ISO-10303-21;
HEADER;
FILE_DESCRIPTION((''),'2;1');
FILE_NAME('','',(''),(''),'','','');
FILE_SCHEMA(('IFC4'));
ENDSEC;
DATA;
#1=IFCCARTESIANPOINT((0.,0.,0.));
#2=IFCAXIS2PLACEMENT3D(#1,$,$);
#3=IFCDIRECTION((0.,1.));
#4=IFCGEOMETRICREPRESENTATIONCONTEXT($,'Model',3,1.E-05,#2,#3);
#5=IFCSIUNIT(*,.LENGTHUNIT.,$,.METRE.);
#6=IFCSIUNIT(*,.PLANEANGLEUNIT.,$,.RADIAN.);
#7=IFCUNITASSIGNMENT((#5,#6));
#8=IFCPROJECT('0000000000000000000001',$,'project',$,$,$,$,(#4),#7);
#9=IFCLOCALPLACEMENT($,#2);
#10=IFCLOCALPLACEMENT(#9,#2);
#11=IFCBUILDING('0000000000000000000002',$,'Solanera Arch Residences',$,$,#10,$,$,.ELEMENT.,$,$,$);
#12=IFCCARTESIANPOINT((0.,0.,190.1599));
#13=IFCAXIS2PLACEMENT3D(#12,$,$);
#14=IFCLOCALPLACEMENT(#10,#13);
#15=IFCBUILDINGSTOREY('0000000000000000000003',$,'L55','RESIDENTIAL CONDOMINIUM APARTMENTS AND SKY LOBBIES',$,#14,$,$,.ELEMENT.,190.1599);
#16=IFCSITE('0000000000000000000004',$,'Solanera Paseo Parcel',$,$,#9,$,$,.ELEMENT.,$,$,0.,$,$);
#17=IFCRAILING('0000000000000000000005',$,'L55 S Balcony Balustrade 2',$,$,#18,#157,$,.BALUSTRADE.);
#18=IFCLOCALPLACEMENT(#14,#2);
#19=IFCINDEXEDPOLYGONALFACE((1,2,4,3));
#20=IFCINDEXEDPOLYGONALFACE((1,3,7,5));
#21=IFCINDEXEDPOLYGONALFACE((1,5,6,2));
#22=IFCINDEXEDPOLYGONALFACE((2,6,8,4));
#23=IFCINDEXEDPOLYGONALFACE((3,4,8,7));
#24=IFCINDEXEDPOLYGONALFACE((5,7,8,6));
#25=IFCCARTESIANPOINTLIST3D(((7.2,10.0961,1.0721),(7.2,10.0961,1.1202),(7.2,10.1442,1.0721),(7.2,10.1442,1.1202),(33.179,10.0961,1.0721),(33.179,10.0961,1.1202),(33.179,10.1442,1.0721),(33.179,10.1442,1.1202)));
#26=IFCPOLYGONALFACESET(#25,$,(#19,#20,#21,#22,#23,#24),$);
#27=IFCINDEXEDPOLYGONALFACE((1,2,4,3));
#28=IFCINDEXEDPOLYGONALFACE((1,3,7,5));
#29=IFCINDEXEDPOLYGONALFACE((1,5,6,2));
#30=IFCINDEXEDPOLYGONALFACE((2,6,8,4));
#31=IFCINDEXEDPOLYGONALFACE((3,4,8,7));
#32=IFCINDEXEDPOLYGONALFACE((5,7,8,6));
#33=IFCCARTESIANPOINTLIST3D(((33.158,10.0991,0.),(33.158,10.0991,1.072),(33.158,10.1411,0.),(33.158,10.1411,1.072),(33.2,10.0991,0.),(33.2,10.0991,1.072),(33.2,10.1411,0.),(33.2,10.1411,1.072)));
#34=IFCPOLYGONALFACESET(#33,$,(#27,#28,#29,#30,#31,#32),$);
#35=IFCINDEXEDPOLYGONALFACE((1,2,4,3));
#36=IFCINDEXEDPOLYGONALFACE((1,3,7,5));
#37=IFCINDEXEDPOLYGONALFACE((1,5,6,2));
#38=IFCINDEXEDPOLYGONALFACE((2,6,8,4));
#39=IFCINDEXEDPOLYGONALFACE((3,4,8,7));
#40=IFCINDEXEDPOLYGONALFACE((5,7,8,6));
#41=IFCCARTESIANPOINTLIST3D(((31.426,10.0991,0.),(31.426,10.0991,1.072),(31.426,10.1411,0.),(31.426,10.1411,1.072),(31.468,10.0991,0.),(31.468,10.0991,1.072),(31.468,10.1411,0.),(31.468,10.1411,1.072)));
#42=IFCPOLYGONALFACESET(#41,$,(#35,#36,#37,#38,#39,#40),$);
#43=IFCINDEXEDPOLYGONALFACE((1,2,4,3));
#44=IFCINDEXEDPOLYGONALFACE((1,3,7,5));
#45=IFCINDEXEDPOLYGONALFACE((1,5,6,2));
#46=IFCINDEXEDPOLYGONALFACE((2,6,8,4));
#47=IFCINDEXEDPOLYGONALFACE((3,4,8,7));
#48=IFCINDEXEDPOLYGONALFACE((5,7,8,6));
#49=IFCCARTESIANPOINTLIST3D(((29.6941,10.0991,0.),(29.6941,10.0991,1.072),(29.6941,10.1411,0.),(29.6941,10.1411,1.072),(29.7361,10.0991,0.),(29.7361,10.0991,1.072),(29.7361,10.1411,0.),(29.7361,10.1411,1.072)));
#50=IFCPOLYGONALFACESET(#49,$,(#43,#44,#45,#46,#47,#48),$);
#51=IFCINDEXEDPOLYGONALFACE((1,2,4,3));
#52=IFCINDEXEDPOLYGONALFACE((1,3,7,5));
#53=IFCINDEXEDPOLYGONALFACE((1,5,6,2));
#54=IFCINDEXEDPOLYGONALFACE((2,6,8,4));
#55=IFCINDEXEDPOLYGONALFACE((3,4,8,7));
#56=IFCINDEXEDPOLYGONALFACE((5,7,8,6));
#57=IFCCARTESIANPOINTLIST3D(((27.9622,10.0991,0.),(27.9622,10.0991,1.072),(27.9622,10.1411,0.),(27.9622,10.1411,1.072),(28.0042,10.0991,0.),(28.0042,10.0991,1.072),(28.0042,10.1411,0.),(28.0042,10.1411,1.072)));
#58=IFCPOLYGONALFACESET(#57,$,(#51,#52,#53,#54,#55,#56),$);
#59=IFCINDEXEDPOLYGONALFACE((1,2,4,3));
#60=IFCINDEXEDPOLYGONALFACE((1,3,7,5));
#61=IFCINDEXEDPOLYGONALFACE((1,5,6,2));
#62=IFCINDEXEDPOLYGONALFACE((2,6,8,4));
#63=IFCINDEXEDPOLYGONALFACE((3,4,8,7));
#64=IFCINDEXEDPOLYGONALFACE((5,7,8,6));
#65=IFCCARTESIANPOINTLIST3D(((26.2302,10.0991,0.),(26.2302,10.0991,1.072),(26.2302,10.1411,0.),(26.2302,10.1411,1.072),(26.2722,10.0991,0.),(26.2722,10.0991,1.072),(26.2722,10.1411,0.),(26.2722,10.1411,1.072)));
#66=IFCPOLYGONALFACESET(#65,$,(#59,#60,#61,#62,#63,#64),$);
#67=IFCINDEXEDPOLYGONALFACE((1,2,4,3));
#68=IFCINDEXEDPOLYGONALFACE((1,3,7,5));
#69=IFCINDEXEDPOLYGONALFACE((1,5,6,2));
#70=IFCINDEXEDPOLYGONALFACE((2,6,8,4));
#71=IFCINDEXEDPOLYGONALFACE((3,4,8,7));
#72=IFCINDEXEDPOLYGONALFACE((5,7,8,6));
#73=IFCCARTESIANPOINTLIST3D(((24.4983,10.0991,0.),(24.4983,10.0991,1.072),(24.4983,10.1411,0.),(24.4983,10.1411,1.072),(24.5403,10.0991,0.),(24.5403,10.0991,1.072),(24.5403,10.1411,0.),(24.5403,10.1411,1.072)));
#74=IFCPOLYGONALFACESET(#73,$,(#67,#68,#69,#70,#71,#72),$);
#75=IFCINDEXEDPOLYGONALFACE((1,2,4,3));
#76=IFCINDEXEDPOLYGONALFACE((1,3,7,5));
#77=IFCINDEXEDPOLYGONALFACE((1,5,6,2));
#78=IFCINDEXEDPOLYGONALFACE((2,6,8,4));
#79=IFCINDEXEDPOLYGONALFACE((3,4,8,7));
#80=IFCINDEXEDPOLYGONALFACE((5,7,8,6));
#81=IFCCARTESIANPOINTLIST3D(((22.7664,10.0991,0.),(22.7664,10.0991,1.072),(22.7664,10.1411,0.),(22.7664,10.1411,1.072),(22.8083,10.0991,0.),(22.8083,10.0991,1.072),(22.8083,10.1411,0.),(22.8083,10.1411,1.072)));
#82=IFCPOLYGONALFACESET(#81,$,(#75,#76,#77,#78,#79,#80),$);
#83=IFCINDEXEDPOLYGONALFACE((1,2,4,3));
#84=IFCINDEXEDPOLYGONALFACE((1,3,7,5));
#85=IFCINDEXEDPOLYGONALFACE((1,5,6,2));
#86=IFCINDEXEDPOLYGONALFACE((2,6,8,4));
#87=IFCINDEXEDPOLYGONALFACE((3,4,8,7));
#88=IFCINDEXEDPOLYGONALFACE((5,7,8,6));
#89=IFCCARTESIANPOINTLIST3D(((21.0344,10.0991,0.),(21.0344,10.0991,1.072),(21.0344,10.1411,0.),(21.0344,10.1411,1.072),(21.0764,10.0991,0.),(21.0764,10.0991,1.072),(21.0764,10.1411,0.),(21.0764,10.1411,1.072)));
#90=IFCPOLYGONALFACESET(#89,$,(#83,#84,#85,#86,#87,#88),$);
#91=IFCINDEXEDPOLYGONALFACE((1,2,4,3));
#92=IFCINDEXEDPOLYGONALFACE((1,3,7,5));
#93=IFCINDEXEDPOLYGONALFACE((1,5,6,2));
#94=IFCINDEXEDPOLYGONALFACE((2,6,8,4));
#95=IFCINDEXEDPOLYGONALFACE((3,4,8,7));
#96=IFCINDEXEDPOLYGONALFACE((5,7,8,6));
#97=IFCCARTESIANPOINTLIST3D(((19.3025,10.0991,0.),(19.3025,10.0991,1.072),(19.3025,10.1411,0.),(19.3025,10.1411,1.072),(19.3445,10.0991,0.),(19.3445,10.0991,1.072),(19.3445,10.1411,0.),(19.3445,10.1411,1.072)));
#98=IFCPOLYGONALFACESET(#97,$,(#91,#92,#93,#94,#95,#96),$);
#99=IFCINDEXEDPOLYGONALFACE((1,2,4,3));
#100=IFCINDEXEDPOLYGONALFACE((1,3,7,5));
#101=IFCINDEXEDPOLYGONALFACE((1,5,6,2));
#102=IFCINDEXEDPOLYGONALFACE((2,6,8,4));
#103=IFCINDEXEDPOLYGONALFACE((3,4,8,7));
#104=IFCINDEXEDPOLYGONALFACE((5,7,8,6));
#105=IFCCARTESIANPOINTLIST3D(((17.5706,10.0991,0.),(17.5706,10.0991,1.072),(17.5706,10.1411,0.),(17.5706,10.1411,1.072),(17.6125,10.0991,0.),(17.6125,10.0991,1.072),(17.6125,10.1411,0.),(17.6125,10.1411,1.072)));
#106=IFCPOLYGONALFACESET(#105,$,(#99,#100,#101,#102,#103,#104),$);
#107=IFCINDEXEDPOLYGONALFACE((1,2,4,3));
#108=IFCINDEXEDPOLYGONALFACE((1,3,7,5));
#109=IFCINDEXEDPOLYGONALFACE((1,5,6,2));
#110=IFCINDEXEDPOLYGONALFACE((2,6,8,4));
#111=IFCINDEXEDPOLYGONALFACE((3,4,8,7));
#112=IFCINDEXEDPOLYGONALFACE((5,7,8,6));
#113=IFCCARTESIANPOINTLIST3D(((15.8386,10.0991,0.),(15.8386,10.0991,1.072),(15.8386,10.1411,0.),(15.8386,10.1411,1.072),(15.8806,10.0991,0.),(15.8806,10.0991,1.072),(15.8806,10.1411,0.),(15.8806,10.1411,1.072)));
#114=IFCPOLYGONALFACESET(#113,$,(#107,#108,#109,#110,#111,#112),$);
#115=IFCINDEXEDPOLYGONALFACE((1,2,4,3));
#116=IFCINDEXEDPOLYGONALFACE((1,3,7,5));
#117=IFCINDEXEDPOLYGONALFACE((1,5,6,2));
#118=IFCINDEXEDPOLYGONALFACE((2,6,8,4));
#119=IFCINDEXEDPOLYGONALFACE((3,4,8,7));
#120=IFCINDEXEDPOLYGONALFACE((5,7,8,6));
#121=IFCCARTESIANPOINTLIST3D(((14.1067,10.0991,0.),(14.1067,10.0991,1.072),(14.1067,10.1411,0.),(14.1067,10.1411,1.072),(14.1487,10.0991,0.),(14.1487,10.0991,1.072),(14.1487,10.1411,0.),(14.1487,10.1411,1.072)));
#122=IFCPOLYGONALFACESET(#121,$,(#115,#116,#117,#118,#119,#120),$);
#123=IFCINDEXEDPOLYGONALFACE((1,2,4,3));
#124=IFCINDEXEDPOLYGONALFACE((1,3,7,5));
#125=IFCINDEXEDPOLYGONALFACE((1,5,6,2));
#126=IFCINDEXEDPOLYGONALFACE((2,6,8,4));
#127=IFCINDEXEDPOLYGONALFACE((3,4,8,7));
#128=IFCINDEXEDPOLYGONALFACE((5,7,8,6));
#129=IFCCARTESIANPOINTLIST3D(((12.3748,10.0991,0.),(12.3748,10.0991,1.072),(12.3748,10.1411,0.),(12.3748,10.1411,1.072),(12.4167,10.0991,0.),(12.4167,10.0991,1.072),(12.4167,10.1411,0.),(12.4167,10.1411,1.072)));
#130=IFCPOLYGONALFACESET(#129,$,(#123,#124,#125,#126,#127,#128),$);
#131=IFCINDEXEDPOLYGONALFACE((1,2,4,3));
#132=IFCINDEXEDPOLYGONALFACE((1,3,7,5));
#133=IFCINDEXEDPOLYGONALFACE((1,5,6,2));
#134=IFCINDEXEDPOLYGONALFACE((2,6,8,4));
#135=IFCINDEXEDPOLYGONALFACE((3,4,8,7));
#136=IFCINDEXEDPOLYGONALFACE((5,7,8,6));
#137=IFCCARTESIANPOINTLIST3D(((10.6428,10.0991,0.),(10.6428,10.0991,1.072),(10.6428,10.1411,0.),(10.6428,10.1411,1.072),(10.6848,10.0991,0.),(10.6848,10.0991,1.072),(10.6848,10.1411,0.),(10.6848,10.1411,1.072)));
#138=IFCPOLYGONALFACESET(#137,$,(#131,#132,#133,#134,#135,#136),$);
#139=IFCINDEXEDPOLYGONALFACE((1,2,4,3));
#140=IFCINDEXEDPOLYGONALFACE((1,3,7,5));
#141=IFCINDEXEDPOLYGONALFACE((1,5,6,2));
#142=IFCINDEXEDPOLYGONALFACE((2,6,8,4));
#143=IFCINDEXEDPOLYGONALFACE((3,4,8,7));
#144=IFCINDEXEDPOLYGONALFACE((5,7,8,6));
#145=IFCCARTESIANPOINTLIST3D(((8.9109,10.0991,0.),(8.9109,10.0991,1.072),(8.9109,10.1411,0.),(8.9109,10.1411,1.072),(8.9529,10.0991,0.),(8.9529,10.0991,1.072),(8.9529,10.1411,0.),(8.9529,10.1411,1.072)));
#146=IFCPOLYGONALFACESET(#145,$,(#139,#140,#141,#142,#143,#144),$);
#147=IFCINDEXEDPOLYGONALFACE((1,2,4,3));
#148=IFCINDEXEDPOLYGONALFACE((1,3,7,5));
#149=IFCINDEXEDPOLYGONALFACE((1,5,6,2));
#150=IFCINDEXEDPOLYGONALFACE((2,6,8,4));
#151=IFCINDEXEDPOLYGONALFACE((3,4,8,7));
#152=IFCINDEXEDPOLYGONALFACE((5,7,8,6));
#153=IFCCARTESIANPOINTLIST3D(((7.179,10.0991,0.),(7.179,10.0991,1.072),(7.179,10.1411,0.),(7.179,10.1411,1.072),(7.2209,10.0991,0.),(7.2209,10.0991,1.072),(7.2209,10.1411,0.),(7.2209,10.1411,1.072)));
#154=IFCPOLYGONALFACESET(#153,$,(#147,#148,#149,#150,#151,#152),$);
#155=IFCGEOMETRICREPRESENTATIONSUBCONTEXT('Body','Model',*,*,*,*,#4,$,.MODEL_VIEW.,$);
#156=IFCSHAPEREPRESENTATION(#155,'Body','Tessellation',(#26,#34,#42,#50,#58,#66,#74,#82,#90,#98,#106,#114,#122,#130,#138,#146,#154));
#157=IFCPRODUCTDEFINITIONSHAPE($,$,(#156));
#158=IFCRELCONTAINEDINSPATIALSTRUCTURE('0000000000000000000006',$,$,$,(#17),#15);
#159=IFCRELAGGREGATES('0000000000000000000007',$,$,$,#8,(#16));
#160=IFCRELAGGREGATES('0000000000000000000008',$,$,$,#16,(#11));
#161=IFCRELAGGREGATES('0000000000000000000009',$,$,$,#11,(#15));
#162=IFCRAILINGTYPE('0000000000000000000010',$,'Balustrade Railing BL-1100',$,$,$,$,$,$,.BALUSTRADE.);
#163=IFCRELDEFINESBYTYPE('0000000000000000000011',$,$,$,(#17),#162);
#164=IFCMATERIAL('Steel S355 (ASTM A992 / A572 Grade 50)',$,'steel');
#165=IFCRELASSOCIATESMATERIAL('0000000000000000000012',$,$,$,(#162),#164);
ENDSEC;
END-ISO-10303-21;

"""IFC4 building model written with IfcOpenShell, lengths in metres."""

from ifc_helpers import new_model, si_unit, direction, frame, origin, origin_2d, place, context, subcontext, project, spatial, rectangle, extrude, material, type_object, element, save


model = new_model("IFC4")

# Units and contexts
model_context = context("Model", 3, precision=1e-05, world=origin(), true_north=direction((0.0, 1.0)))
body_context = subcontext(model_context, "Body", "Model", "MODEL_VIEW")
ifc_project = project(units=[si_unit("LENGTHUNIT", "METRE"), si_unit("PLANEANGLEUNIT", "RADIAN")], contexts=[model_context])

# Site, building, storey
site_placement = place(None, origin())
site = spatial("IfcSite", under=ifc_project, at=site_placement, Name="Solanera Paseo Parcel", CompositionType="ELEMENT", RefElevation=0.0)
building_placement = place(site_placement, origin())
building = spatial("IfcBuilding", under=site, at=building_placement, Name="Solanera Arch Residences", CompositionType="ELEMENT")
storey_placement = place(building_placement, frame((0.0, 0.0, 190.1599)))
storey = spatial("IfcBuildingStorey", under=building, at=storey_placement, Name="L55", Description="RESIDENTIAL CONDOMINIUM APARTMENTS AND SKY LOBBIES", CompositionType="ELEMENT", Elevation=190.1599)

# Railing
ifc_material_1 = material(Name="Steel S355 (ASTM A992 / A572 Grade 50)", Category="steel")
railing_type = type_object("IfcRailingType", Name="Balustrade Railing BL-1100", PredefinedType="BALUSTRADE", material=ifc_material_1)
railing_placement = place(storey_placement, frame((33.179, 10.1201, 0.0)))
element("IfcRailing", 1, at=railing_placement, inside=storey, type_object=railing_type, Name="L55 S Balcony Balustrade 2", PredefinedType="BALUSTRADE", context=body_context, shape_type="SweptSolid", body=[
    extrude(rectangle(XDim=0.0481, YDim=0.0481, at=origin_2d()), frame((0.0, 0.0, 1.0962), z_axis=(-1.0, 0.0, 0.0), x_axis=(0.0, -1.0, 0.0)), (0.0, 0.0, 1.0), 25.979),
    extrude(rectangle(XDim=0.042, YDim=0.042, at=origin_2d()), origin(), (0.0, 0.0, 1.0), 1.072),
    extrude(rectangle(XDim=0.042, YDim=0.042, at=origin_2d()), frame((-1.7319, 0.0, 0.0)), (0.0, 0.0, 1.0), 1.072),
    extrude(rectangle(XDim=0.042, YDim=0.042, at=origin_2d()), frame((-3.4639, 0.0, 0.0)), (0.0, 0.0, 1.0), 1.072),
    extrude(rectangle(XDim=0.042, YDim=0.042, at=origin_2d()), frame((-5.1958, 0.0, 0.0)), (0.0, 0.0, 1.0), 1.072),
    extrude(rectangle(XDim=0.042, YDim=0.042, at=origin_2d()), frame((-6.9277, 0.0, 0.0)), (0.0, 0.0, 1.0), 1.072),
    extrude(rectangle(XDim=0.042, YDim=0.042, at=origin_2d()), frame((-8.6597, 0.0, 0.0)), (0.0, 0.0, 1.0), 1.072),
    extrude(rectangle(XDim=0.042, YDim=0.042, at=origin_2d()), frame((-10.3916, 0.0, 0.0)), (0.0, 0.0, 1.0), 1.072),
    extrude(rectangle(XDim=0.042, YDim=0.042, at=origin_2d()), frame((-12.1235, 0.0, 0.0)), (0.0, 0.0, 1.0), 1.072),
    extrude(rectangle(XDim=0.042, YDim=0.042, at=origin_2d()), frame((-13.8555, 0.0, 0.0)), (0.0, 0.0, 1.0), 1.072),
    extrude(rectangle(XDim=0.042, YDim=0.042, at=origin_2d()), frame((-15.5874, 0.0, 0.0)), (0.0, 0.0, 1.0), 1.072),
    extrude(rectangle(XDim=0.042, YDim=0.042, at=origin_2d()), frame((-17.3193, 0.0, 0.0)), (0.0, 0.0, 1.0), 1.072),
    extrude(rectangle(XDim=0.042, YDim=0.042, at=origin_2d()), frame((-19.0513, 0.0, 0.0)), (0.0, 0.0, 1.0), 1.072),
    extrude(rectangle(XDim=0.042, YDim=0.042, at=origin_2d()), frame((-20.7832, 0.0, 0.0)), (0.0, 0.0, 1.0), 1.072),
    extrude(rectangle(XDim=0.042, YDim=0.042, at=origin_2d()), frame((-22.5151, 0.0, 0.0)), (0.0, 0.0, 1.0), 1.072),
    extrude(rectangle(XDim=0.042, YDim=0.042, at=origin_2d()), frame((-24.2471, 0.0, 0.0)), (0.0, 0.0, 1.0), 1.072),
    extrude(rectangle(XDim=0.042, YDim=0.042, at=origin_2d()), frame((-25.979, 0.0, 0.0)), (0.0, 0.0, 1.0), 1.072),
])

save(model, "model.ifc")
